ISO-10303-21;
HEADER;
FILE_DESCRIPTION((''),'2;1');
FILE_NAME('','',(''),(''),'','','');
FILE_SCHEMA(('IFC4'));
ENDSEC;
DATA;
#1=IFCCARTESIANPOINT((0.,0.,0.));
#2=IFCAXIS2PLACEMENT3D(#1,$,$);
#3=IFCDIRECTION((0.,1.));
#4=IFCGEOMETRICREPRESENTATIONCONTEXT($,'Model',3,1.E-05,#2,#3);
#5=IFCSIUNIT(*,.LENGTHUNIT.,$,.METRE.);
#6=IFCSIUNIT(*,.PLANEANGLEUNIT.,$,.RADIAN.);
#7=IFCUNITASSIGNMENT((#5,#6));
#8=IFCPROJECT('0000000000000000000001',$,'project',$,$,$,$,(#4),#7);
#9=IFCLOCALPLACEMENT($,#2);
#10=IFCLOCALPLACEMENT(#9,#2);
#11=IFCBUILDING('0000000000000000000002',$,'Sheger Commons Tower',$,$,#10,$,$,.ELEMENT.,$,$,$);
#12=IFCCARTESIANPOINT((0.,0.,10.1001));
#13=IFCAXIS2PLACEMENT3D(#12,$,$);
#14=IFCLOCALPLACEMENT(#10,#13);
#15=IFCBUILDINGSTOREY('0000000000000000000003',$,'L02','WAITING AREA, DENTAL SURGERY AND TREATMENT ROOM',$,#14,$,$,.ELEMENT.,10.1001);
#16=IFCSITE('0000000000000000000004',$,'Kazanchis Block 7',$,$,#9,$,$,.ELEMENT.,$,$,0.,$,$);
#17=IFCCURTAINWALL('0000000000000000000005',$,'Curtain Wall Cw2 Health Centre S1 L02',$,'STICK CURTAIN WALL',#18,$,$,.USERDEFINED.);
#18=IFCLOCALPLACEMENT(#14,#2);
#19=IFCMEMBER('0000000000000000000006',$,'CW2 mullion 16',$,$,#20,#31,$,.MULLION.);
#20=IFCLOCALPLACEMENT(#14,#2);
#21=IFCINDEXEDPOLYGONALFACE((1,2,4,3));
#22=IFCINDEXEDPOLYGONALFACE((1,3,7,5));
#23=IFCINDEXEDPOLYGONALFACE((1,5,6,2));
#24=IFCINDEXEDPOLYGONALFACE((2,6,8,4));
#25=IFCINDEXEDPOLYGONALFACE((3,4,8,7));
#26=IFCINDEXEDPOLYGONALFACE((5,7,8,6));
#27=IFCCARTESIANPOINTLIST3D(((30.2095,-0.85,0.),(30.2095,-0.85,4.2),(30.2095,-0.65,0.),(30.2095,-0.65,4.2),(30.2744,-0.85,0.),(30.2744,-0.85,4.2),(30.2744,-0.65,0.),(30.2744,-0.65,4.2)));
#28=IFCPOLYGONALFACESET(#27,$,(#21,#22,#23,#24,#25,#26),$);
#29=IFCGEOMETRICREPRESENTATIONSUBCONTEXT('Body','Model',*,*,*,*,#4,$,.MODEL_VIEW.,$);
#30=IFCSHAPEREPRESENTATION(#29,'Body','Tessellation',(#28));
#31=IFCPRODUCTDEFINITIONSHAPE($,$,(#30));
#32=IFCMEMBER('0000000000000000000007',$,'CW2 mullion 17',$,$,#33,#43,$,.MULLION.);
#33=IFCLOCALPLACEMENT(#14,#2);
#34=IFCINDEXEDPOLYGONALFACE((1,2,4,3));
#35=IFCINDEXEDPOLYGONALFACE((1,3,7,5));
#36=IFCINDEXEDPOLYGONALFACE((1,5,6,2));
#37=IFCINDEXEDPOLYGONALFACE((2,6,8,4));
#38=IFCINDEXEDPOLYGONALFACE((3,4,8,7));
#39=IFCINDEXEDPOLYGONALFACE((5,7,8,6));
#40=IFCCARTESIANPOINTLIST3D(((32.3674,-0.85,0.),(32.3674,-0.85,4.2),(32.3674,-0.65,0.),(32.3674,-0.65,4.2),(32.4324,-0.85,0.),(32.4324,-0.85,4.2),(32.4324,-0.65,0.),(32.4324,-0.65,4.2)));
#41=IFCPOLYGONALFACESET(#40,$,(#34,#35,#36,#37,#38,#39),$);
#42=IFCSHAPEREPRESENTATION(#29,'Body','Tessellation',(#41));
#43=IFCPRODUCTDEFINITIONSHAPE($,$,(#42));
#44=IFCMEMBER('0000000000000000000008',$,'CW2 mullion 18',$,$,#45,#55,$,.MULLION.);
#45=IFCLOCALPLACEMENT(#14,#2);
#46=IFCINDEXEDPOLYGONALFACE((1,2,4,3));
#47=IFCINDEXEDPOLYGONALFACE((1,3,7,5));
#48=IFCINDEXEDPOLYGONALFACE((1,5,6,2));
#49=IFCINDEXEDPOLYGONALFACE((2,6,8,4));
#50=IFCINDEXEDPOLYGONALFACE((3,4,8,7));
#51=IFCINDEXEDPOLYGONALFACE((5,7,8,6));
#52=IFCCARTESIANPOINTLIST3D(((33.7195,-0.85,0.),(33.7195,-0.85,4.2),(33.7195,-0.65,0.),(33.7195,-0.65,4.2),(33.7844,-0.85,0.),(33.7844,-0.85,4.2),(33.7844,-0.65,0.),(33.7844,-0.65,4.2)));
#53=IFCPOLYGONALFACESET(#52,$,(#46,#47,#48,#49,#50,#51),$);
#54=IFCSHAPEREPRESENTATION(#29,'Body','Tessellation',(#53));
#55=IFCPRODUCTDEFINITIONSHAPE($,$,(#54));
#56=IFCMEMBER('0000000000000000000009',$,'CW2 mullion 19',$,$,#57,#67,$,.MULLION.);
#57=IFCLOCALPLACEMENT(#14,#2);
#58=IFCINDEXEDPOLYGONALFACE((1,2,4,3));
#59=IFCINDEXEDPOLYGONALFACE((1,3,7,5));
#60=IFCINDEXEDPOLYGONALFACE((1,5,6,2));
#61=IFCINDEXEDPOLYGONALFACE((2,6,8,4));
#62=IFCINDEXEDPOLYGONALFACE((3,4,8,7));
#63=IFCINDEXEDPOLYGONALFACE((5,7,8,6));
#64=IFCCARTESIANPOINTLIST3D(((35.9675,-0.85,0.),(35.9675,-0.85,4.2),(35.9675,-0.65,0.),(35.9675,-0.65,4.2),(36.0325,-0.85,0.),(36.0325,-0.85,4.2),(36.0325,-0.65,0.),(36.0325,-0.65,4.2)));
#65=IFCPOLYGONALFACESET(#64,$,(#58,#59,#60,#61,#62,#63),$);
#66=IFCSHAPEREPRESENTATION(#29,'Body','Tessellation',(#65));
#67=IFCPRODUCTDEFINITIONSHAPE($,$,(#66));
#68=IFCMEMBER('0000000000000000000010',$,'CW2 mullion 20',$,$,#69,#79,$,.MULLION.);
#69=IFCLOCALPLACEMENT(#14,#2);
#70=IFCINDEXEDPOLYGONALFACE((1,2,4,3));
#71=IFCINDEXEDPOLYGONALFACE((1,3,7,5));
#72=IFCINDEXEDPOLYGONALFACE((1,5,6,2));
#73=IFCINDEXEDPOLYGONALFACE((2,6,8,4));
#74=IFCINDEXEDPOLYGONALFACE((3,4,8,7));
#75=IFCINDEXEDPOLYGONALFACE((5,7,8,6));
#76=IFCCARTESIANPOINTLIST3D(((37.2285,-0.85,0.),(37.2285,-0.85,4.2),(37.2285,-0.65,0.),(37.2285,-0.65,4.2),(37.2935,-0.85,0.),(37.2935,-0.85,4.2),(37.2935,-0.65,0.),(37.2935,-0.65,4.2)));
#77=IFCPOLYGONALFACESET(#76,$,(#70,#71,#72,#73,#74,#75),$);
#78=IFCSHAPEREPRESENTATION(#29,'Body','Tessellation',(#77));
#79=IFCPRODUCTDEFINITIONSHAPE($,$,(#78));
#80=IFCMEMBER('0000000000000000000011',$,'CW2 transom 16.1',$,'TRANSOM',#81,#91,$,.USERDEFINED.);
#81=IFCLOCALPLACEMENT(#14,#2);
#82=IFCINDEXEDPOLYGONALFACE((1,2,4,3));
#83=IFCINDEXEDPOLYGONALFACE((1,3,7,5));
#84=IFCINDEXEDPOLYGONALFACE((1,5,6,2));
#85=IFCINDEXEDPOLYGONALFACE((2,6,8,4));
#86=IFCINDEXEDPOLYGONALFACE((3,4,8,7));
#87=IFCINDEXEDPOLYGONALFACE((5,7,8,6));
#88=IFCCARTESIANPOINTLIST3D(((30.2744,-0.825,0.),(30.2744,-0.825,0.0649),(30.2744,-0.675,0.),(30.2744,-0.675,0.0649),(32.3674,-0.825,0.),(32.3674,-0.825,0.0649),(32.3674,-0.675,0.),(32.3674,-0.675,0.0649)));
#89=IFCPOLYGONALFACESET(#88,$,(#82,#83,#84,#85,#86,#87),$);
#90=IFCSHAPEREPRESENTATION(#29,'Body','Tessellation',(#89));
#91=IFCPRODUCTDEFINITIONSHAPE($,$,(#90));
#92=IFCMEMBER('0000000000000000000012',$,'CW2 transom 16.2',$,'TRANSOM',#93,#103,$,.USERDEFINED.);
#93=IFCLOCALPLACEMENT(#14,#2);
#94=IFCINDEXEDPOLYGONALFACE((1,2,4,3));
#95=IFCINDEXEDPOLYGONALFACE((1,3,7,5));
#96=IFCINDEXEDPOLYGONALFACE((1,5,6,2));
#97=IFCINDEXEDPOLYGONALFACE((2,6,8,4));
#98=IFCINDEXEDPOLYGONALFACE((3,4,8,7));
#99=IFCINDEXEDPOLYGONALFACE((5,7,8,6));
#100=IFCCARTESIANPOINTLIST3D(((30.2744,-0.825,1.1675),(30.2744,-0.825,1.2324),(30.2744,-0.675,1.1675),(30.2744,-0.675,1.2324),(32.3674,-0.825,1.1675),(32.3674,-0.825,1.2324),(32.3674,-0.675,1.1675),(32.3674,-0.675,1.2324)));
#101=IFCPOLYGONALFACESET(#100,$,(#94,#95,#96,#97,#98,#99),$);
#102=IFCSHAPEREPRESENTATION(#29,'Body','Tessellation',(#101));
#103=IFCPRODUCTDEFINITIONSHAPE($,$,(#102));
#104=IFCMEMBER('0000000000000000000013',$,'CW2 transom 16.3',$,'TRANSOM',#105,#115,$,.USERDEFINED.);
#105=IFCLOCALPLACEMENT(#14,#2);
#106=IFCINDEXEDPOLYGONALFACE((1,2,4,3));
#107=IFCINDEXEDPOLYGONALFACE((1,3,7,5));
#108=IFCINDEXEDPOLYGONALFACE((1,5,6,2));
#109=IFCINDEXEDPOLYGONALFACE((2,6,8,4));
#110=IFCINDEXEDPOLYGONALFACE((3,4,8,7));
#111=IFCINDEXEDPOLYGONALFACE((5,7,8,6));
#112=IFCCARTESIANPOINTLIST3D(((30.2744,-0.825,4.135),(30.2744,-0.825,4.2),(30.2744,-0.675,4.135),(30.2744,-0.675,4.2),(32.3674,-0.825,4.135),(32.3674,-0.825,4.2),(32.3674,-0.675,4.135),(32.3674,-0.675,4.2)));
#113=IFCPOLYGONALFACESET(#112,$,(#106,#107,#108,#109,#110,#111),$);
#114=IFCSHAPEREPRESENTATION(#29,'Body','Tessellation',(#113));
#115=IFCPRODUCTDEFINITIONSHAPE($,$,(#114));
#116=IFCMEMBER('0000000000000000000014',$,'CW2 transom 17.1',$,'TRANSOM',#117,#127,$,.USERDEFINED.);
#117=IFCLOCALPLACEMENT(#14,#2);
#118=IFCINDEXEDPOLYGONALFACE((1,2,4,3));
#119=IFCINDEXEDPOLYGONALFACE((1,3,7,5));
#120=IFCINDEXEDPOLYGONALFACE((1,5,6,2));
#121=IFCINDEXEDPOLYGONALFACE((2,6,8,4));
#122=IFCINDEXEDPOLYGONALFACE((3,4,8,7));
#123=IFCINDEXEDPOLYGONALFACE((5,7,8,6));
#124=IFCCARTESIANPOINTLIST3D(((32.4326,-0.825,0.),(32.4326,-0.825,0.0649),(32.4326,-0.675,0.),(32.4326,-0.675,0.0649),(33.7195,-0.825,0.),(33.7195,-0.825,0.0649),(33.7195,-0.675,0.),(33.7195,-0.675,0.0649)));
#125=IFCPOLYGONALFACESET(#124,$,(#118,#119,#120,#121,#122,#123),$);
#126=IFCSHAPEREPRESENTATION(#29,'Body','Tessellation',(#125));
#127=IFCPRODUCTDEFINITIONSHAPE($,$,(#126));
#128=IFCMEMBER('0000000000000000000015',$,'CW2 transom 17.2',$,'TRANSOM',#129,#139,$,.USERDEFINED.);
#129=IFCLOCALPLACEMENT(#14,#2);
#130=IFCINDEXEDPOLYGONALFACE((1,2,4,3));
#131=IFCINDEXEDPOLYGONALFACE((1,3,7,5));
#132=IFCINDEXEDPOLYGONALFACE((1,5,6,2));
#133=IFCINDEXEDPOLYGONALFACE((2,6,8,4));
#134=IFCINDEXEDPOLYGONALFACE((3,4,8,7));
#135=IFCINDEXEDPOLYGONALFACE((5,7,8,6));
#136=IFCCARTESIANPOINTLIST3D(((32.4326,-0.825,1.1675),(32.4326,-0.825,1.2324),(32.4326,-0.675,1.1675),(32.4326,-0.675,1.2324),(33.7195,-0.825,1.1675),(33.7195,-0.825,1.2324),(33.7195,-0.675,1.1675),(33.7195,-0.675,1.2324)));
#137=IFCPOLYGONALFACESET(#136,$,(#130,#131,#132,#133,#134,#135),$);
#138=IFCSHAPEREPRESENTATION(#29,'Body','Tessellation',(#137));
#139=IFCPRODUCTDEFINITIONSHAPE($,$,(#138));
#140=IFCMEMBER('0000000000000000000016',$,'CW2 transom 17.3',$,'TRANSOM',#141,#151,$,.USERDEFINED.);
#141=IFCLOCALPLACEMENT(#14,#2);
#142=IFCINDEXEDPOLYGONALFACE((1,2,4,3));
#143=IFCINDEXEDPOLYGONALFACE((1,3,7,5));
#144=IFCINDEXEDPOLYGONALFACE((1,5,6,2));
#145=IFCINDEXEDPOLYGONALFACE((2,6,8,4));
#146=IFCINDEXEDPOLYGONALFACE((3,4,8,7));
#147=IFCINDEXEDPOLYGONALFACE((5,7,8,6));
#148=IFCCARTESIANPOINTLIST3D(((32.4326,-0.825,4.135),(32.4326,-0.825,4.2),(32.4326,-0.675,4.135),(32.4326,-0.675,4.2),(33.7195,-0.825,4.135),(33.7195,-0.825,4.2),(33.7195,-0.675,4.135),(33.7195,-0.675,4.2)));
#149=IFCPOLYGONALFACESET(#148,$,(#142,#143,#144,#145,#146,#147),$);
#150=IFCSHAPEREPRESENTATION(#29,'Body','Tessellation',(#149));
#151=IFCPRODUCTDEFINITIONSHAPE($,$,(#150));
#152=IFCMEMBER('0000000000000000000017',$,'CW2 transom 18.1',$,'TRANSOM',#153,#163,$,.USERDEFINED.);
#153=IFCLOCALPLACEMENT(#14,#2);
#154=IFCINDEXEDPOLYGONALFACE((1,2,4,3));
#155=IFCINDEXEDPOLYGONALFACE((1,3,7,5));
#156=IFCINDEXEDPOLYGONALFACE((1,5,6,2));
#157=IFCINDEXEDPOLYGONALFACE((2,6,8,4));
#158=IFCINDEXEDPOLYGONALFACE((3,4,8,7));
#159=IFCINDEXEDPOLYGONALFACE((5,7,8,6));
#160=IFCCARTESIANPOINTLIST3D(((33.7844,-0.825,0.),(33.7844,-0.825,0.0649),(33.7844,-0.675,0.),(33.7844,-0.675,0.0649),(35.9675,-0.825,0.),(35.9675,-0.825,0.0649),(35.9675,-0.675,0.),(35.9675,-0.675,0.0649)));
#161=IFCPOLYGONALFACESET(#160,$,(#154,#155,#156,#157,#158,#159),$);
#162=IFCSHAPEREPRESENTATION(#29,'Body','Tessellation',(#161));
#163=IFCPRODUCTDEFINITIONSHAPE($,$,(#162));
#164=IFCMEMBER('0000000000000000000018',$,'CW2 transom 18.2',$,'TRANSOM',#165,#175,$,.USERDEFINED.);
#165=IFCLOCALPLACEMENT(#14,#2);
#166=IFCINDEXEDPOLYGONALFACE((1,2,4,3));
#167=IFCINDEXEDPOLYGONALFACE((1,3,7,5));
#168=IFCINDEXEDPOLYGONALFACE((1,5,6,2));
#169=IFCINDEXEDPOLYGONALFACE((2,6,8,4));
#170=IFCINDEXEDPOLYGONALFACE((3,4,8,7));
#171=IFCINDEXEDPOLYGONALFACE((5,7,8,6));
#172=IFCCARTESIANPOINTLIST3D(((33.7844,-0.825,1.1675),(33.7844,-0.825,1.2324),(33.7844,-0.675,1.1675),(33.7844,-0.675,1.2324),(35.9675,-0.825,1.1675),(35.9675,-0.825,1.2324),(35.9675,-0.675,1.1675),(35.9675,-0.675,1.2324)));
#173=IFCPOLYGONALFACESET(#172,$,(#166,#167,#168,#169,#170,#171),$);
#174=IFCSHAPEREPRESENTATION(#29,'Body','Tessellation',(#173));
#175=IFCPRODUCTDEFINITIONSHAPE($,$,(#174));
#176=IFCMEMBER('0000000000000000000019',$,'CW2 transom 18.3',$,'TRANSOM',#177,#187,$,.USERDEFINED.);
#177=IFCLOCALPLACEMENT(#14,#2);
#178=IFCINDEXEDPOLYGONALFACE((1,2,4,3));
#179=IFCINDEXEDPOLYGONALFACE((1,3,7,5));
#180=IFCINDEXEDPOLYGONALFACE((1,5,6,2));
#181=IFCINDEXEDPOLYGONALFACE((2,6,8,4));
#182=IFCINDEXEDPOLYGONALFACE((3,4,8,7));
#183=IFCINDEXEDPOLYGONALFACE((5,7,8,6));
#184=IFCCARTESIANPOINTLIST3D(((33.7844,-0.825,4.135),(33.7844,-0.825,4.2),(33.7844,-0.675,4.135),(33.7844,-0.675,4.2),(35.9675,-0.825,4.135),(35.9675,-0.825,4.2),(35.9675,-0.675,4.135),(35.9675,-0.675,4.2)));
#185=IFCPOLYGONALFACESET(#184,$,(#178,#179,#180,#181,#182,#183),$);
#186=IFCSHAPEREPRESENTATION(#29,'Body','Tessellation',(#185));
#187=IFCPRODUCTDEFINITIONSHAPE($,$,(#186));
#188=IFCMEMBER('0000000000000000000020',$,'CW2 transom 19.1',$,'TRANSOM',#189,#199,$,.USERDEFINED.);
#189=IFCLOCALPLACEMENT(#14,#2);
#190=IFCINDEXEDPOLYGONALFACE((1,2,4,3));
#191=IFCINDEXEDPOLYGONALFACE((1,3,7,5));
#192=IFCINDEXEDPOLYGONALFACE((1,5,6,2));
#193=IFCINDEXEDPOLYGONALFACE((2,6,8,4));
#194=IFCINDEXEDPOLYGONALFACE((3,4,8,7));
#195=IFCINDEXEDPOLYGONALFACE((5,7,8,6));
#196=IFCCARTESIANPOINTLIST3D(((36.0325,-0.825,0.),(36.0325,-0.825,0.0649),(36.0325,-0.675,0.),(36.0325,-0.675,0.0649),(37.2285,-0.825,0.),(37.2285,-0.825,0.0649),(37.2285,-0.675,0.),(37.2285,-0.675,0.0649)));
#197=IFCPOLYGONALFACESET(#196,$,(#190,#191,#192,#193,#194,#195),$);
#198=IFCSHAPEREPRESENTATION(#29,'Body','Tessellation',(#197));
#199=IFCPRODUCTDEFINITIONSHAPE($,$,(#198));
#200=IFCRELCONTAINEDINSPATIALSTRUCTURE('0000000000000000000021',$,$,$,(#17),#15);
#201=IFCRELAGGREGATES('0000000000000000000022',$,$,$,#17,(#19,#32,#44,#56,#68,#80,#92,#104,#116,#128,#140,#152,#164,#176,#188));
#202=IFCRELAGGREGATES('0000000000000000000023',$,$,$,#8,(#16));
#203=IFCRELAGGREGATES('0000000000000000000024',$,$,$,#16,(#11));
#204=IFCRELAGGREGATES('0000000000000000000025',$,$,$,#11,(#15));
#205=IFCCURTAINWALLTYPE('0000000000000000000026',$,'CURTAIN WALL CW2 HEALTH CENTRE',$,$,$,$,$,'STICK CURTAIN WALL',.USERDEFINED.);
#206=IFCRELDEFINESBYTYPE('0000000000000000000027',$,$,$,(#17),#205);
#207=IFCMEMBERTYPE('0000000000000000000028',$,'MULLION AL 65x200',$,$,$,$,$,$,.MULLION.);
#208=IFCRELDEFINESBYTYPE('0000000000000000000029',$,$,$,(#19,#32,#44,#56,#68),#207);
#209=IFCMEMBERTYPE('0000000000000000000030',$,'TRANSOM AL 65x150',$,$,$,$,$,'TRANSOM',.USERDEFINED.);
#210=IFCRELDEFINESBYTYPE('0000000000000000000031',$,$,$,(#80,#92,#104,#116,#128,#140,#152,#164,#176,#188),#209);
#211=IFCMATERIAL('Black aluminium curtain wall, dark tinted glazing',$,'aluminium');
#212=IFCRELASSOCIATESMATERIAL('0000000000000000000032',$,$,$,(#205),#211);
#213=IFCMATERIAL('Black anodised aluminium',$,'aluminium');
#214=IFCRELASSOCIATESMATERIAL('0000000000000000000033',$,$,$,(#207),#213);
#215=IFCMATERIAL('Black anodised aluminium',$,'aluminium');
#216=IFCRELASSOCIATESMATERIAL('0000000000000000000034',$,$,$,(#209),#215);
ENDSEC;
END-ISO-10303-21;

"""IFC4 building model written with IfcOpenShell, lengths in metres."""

from ifc_helpers import new_model, si_unit, direction, frame, origin, origin_2d, place, context, subcontext, project, spatial, rectangle, extrude, material, material_profile, profile_set, type_object, element, aggregate, save


model = new_model("IFC4")

# Units and contexts
model_context = context("Model", 3, precision=1e-05, world=origin(), true_north=direction((0.0, 1.0)))
body_context = subcontext(model_context, "Body", "Model", "MODEL_VIEW")
ifc_project = project(units=[si_unit("LENGTHUNIT", "METRE"), si_unit("PLANEANGLEUNIT", "RADIAN")], contexts=[model_context])

# Site, building, storey
site_placement = place(None, origin())
site = spatial("IfcSite", under=ifc_project, at=site_placement, Name="Kazanchis Block 7", CompositionType="ELEMENT", RefElevation=0.0)
building_placement = place(site_placement, origin())
building = spatial("IfcBuilding", under=site, at=building_placement, Name="Sheger Commons Tower", CompositionType="ELEMENT")
storey_placement = place(building_placement, frame((0.0, 0.0, 10.1001)))
storey = spatial("IfcBuildingStorey", under=building, at=storey_placement, Name="L02", Description="WAITING AREA, DENTAL SURGERY AND TREATMENT ROOM", CompositionType="ELEMENT", Elevation=10.1001)

# Curtain wall, members
ifc_material_1 = material(Name="Black aluminium curtain wall, dark tinted glazing", Category="aluminium")
curtain_wall_type = type_object("IfcCurtainWallType", Name="CURTAIN WALL CW2 HEALTH CENTRE", ElementType="STICK CURTAIN WALL", PredefinedType="USERDEFINED", material=ifc_material_1)
curtain_wall_placement = place(storey_placement, origin())
curtain_wall = element("IfcCurtainWall", 1, at=curtain_wall_placement, inside=storey, type_object=curtain_wall_type, Name="Curtain Wall Cw2 Health Centre S1 L02", ObjectType="STICK CURTAIN WALL", PredefinedType="USERDEFINED")
ifc_material_2 = material(Name="Black anodised aluminium", Category="aluminium")
ifc_material_profile_1 = material_profile(ifc_material_2, rectangle(XDim=0.2, YDim=0.0649, at=origin_2d()), Name="AL 65x200")
ifc_profile_set_1 = profile_set([ifc_material_profile_1], Name="Black anodised aluminium")
member_type_1 = type_object("IfcMemberType", Name="MULLION AL 65x200", PredefinedType="MULLION", material=ifc_profile_set_1)
member_1_placement = place(storey_placement, frame((30.2419, -0.75, 0.0), z_axis=(0.0, 0.0, 1.0), x_axis=(0.0, 1.0, 0.0)))
member_1 = element("IfcMember", 2, at=member_1_placement, type_object=member_type_1, Name="CW2 mullion 16", PredefinedType="MULLION", context=body_context, shape_type="SweptSolid", body=[
    extrude(rectangle(XDim=0.2, YDim=0.0649, at=origin_2d()), origin(), (0.0, 0.0, 1.0), 4.2),
])
member_2_placement = place(storey_placement, frame((32.3999, -0.75, 0.0), z_axis=(0.0, 0.0, 1.0), x_axis=(0.0, 1.0, 0.0)))
member_2 = element("IfcMember", 3, at=member_2_placement, type_object=member_type_1, Name="CW2 mullion 17", PredefinedType="MULLION", context=body_context, shape_type="SweptSolid", body=[
    extrude(rectangle(XDim=0.2, YDim=0.0649, at=origin_2d()), origin(), (0.0, 0.0, 1.0), 4.2),
])
member_3_placement = place(storey_placement, frame((33.752, -0.75, 0.0), z_axis=(0.0, 0.0, 1.0), x_axis=(0.0, 1.0, 0.0)))
member_3 = element("IfcMember", 4, at=member_3_placement, type_object=member_type_1, Name="CW2 mullion 18", PredefinedType="MULLION", context=body_context, shape_type="SweptSolid", body=[
    extrude(rectangle(XDim=0.2, YDim=0.0649, at=origin_2d()), origin(), (0.0, 0.0, 1.0), 4.2),
])
member_4_placement = place(storey_placement, frame((36.0, -0.75, 0.0), z_axis=(0.0, 0.0, 1.0), x_axis=(0.0, 1.0, 0.0)))
member_4 = element("IfcMember", 5, at=member_4_placement, type_object=member_type_1, Name="CW2 mullion 19", PredefinedType="MULLION", context=body_context, shape_type="SweptSolid", body=[
    extrude(rectangle(XDim=0.2, YDim=0.0649, at=origin_2d()), origin(), (0.0, 0.0, 1.0), 4.2),
])
member_5_placement = place(storey_placement, frame((37.261, -0.75, 0.0), z_axis=(0.0, 0.0, 1.0), x_axis=(0.0, 1.0, 0.0)))
member_5 = element("IfcMember", 6, at=member_5_placement, type_object=member_type_1, Name="CW2 mullion 20", PredefinedType="MULLION", context=body_context, shape_type="SweptSolid", body=[
    extrude(rectangle(XDim=0.2, YDim=0.0649, at=origin_2d()), origin(), (0.0, 0.0, 1.0), 4.2),
])
ifc_material_3 = material(Name="Black anodised aluminium", Category="aluminium")
ifc_material_profile_2 = material_profile(ifc_material_3, rectangle(XDim=0.1499, YDim=0.0649, at=origin_2d()), Name="AL 65x150")
ifc_profile_set_2 = profile_set([ifc_material_profile_2], Name="Black anodised aluminium")
member_type_2 = type_object("IfcMemberType", Name="TRANSOM AL 65x150", ElementType="TRANSOM", PredefinedType="USERDEFINED", material=ifc_profile_set_2)
member_6_placement = place(storey_placement, frame((30.2744, -0.75, 0.0325), z_axis=(1.0, 0.0, 0.0), x_axis=(0.0, 1.0, 0.0)))
member_6 = element("IfcMember", 7, at=member_6_placement, type_object=member_type_2, Name="CW2 transom 16.1", ObjectType="TRANSOM", PredefinedType="USERDEFINED", context=body_context, shape_type="SweptSolid", body=[
    extrude(rectangle(XDim=0.1499, YDim=0.0649, at=origin_2d()), origin(), (0.0, 0.0, 1.0), 2.093),
])
member_7_placement = place(storey_placement, frame((30.2744, -0.75, 1.2), z_axis=(1.0, 0.0, 0.0), x_axis=(0.0, 1.0, 0.0)))
member_7 = element("IfcMember", 8, at=member_7_placement, type_object=member_type_2, Name="CW2 transom 16.2", ObjectType="TRANSOM", PredefinedType="USERDEFINED", context=body_context, shape_type="SweptSolid", body=[
    extrude(rectangle(XDim=0.1499, YDim=0.0649, at=origin_2d()), origin(), (0.0, 0.0, 1.0), 2.093),
])
member_8_placement = place(storey_placement, frame((30.2744, -0.75, 4.1675), z_axis=(1.0, 0.0, 0.0), x_axis=(0.0, 1.0, 0.0)))
member_8 = element("IfcMember", 9, at=member_8_placement, type_object=member_type_2, Name="CW2 transom 16.3", ObjectType="TRANSOM", PredefinedType="USERDEFINED", context=body_context, shape_type="SweptSolid", body=[
    extrude(rectangle(XDim=0.1499, YDim=0.0649, at=origin_2d()), origin(), (0.0, 0.0, 1.0), 2.093),
])
member_9_placement = place(storey_placement, frame((32.4326, -0.75, 0.0325), z_axis=(1.0, 0.0, 0.0), x_axis=(0.0, 1.0, 0.0)))
member_9 = element("IfcMember", 10, at=member_9_placement, type_object=member_type_2, Name="CW2 transom 17.1", ObjectType="TRANSOM", PredefinedType="USERDEFINED", context=body_context, shape_type="SweptSolid", body=[
    extrude(rectangle(XDim=0.1499, YDim=0.0649, at=origin_2d()), origin(), (0.0, 0.0, 1.0), 1.2869),
])
member_10_placement = place(storey_placement, frame((32.4326, -0.75, 1.2), z_axis=(1.0, 0.0, 0.0), x_axis=(0.0, 1.0, 0.0)))
member_10 = element("IfcMember", 11, at=member_10_placement, type_object=member_type_2, Name="CW2 transom 17.2", ObjectType="TRANSOM", PredefinedType="USERDEFINED", context=body_context, shape_type="SweptSolid", body=[
    extrude(rectangle(XDim=0.1499, YDim=0.0649, at=origin_2d()), origin(), (0.0, 0.0, 1.0), 1.2869),
])
member_11_placement = place(storey_placement, frame((32.4326, -0.75, 4.1675), z_axis=(1.0, 0.0, 0.0), x_axis=(0.0, 1.0, 0.0)))
member_11 = element("IfcMember", 12, at=member_11_placement, type_object=member_type_2, Name="CW2 transom 17.3", ObjectType="TRANSOM", PredefinedType="USERDEFINED", context=body_context, shape_type="SweptSolid", body=[
    extrude(rectangle(XDim=0.1499, YDim=0.0649, at=origin_2d()), origin(), (0.0, 0.0, 1.0), 1.2869),
])
member_12_placement = place(storey_placement, frame((33.7844, -0.75, 0.0325), z_axis=(1.0, 0.0, 0.0), x_axis=(0.0, 1.0, 0.0)))
member_12 = element("IfcMember", 13, at=member_12_placement, type_object=member_type_2, Name="CW2 transom 18.1", ObjectType="TRANSOM", PredefinedType="USERDEFINED", context=body_context, shape_type="SweptSolid", body=[
    extrude(rectangle(XDim=0.1499, YDim=0.0649, at=origin_2d()), origin(), (0.0, 0.0, 1.0), 2.1831),
])
member_13_placement = place(storey_placement, frame((33.7844, -0.75, 1.2), z_axis=(1.0, 0.0, 0.0), x_axis=(0.0, 1.0, 0.0)))
member_13 = element("IfcMember", 14, at=member_13_placement, type_object=member_type_2, Name="CW2 transom 18.2", ObjectType="TRANSOM", PredefinedType="USERDEFINED", context=body_context, shape_type="SweptSolid", body=[
    extrude(rectangle(XDim=0.1499, YDim=0.0649, at=origin_2d()), origin(), (0.0, 0.0, 1.0), 2.1831),
])
member_14_placement = place(storey_placement, frame((33.7844, -0.75, 4.1675), z_axis=(1.0, 0.0, 0.0), x_axis=(0.0, 1.0, 0.0)))
member_14 = element("IfcMember", 15, at=member_14_placement, type_object=member_type_2, Name="CW2 transom 18.3", ObjectType="TRANSOM", PredefinedType="USERDEFINED", context=body_context, shape_type="SweptSolid", body=[
    extrude(rectangle(XDim=0.1499, YDim=0.0649, at=origin_2d()), origin(), (0.0, 0.0, 1.0), 2.1831),
])
member_15_placement = place(storey_placement, frame((36.0325, -0.75, 0.0325), z_axis=(1.0, 0.0, 0.0), x_axis=(0.0, 1.0, 0.0)))
member_15 = element("IfcMember", 16, at=member_15_placement, type_object=member_type_2, Name="CW2 transom 19.1", ObjectType="TRANSOM", PredefinedType="USERDEFINED", context=body_context, shape_type="SweptSolid", body=[
    extrude(rectangle(XDim=0.1499, YDim=0.0649, at=origin_2d()), origin(), (0.0, 0.0, 1.0), 1.196),
])
aggregate(curtain_wall, [member_1, member_2, member_3, member_4, member_5, member_6, member_7, member_8, member_9, member_10, member_11, member_12, member_13, member_14, member_15])

save(model, "model.ifc")
